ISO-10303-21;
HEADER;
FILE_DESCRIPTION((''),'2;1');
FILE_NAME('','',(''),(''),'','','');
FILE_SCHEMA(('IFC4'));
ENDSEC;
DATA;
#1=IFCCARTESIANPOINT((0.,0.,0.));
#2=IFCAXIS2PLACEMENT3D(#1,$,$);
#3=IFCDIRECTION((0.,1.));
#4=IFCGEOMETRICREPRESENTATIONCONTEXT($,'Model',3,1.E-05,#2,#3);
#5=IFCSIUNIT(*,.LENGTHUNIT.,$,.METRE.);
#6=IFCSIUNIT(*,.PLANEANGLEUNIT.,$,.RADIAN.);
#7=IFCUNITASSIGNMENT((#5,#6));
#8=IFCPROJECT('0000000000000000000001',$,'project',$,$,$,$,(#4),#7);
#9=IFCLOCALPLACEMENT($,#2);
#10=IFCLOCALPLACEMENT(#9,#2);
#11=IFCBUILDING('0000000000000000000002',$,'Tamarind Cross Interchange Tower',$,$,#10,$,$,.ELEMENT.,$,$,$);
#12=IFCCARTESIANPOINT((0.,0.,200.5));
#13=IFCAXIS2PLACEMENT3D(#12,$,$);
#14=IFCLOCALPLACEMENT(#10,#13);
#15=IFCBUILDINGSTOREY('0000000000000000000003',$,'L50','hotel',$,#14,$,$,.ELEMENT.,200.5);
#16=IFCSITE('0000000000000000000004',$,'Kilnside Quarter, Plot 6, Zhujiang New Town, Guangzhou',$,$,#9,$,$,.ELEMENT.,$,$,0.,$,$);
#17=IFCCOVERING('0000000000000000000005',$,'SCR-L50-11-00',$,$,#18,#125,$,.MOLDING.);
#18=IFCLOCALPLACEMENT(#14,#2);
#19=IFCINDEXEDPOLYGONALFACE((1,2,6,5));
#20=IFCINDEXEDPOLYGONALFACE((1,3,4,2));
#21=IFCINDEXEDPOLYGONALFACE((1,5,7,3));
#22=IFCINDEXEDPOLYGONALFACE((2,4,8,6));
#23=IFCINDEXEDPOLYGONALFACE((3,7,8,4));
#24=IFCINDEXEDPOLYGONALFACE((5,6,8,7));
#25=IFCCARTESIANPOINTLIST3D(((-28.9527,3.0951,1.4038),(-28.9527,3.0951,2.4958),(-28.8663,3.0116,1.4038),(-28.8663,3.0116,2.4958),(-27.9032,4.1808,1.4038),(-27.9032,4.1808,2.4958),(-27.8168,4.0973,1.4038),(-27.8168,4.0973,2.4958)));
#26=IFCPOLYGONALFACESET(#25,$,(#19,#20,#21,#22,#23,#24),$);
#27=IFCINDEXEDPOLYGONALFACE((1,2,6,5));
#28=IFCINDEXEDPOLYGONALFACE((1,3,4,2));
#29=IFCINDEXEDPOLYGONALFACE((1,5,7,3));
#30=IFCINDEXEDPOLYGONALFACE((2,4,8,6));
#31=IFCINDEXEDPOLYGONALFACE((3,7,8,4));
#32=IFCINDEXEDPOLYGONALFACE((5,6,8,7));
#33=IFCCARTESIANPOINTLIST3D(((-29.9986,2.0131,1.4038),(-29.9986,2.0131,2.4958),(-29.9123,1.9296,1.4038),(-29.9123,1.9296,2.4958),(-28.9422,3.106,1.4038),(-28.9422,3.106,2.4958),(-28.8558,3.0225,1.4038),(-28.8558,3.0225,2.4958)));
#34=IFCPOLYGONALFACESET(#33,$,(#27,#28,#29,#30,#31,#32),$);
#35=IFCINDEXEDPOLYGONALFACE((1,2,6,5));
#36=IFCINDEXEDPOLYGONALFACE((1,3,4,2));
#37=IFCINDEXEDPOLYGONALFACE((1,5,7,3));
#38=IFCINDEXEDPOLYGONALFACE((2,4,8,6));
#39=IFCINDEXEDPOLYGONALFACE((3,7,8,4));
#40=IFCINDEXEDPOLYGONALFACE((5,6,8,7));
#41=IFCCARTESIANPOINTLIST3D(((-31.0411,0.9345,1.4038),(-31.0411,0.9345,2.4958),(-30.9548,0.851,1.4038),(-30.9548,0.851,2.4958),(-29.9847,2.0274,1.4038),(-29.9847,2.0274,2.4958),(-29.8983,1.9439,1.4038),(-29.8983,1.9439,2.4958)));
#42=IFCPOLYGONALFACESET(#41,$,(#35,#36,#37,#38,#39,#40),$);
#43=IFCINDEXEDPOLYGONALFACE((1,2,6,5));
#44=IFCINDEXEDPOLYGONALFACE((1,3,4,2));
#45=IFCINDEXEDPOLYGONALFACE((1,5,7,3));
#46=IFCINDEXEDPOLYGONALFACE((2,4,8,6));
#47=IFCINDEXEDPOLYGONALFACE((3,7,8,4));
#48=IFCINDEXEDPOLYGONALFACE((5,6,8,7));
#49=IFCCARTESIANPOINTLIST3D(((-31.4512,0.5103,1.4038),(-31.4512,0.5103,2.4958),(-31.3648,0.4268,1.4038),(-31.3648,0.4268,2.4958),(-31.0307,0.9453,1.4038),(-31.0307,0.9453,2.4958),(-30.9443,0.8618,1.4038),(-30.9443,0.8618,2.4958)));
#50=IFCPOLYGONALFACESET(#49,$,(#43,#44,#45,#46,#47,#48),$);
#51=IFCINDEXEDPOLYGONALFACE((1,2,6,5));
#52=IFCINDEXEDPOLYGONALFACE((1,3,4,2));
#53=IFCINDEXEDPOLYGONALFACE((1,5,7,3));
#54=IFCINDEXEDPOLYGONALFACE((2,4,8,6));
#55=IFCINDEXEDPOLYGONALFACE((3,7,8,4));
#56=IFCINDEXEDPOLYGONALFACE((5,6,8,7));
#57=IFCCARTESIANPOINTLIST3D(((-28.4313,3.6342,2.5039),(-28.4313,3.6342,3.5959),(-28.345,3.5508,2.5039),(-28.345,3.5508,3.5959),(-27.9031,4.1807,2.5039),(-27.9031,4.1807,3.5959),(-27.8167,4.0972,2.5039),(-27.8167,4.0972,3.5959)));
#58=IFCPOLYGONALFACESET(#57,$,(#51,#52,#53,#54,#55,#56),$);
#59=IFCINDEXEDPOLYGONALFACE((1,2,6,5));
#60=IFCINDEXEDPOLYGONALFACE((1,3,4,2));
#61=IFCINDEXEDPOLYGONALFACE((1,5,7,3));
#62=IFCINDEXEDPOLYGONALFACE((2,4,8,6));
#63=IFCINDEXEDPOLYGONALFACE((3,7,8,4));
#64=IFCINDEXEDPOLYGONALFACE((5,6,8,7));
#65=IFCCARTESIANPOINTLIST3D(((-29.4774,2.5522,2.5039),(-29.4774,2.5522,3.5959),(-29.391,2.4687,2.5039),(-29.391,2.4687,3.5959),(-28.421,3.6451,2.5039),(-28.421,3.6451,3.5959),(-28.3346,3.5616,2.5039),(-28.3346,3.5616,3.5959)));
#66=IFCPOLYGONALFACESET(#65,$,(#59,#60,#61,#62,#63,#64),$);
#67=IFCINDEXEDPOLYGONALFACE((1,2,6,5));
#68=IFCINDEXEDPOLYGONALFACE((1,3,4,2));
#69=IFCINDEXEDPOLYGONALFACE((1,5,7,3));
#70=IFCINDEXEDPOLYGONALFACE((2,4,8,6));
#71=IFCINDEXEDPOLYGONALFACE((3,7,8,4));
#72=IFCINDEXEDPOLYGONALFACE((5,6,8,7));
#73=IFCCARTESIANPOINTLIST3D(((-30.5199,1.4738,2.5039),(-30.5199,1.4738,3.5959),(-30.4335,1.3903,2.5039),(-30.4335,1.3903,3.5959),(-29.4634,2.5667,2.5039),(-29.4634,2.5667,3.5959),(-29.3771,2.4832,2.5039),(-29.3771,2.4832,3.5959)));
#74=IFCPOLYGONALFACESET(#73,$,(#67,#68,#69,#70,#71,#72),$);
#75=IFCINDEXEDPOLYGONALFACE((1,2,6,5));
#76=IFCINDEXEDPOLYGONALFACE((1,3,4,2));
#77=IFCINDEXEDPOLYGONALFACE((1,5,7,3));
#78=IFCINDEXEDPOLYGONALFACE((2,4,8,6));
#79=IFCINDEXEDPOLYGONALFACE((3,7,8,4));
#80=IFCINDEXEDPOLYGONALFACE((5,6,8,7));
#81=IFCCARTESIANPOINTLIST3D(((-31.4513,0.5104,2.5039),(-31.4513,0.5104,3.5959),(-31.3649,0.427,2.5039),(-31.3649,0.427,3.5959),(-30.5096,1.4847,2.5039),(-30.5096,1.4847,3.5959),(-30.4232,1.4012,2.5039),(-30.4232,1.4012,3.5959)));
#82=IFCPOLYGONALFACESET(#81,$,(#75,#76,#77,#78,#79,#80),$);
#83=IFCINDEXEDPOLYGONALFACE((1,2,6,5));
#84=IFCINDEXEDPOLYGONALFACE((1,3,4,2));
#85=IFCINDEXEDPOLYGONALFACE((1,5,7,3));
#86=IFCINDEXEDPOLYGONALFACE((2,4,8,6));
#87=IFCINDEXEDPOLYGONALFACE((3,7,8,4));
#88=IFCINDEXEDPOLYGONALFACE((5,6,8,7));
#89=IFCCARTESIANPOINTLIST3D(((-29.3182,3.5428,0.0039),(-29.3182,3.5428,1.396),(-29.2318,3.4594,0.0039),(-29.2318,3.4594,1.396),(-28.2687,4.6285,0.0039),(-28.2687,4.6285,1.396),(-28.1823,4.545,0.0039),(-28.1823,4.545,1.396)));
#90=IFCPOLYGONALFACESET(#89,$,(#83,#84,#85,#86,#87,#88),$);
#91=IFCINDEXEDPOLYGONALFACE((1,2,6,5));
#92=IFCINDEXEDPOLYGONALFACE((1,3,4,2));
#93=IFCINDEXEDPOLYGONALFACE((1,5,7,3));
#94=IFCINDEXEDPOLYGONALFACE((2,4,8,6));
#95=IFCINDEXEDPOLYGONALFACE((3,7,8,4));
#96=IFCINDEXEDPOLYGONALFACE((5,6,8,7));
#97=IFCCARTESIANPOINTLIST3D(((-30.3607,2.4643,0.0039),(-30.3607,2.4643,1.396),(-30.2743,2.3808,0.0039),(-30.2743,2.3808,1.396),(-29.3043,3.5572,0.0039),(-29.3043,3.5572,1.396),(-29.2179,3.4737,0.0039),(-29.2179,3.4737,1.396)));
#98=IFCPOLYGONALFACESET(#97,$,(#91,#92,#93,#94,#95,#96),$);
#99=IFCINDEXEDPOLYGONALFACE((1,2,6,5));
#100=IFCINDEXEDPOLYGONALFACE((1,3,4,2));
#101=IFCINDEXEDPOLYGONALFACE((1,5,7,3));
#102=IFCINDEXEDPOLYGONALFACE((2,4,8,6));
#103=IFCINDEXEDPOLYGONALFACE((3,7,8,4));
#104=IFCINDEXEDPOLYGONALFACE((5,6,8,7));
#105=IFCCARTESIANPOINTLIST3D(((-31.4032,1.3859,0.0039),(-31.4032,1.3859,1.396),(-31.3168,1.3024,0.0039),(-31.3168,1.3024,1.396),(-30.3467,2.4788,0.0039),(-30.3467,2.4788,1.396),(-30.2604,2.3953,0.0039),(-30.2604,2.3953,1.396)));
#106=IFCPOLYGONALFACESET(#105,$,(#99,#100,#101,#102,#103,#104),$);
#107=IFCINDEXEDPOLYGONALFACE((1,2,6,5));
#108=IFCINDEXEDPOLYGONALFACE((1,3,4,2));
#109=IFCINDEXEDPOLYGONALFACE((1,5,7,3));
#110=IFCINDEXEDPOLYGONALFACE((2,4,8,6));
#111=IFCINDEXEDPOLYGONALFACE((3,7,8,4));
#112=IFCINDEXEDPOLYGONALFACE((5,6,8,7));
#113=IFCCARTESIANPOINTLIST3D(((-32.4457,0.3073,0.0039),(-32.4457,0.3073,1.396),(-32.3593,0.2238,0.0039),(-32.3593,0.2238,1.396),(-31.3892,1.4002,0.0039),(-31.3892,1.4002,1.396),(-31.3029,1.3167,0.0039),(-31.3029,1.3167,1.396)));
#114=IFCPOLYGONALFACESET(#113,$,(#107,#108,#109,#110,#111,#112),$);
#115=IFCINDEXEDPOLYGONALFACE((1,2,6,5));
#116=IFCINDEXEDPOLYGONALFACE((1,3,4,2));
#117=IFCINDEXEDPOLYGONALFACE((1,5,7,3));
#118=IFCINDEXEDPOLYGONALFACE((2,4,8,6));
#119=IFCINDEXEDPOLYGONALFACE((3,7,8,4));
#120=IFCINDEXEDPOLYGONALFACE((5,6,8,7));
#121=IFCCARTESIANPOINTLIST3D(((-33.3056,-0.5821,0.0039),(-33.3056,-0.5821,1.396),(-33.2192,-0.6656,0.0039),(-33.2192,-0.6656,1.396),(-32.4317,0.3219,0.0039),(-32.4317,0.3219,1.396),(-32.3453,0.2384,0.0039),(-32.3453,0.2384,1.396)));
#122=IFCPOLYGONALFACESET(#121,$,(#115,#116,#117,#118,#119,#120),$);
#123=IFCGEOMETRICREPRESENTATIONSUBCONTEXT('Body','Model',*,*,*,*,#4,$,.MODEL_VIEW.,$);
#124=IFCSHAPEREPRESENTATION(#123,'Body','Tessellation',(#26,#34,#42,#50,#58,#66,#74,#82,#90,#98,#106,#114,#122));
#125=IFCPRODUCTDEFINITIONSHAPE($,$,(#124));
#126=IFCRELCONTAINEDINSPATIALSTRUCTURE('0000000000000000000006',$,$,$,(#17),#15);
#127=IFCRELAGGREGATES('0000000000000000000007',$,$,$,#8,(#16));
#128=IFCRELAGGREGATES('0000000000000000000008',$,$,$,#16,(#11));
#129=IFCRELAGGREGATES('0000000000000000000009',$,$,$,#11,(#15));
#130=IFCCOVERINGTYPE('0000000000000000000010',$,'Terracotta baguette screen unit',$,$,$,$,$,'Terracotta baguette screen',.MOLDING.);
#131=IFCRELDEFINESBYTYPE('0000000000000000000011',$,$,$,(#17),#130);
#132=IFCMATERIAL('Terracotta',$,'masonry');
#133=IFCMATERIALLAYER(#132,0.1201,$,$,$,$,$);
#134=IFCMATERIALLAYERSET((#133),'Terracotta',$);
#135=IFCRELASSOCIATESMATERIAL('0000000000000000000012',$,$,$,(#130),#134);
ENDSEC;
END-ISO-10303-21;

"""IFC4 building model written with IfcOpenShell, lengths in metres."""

from ifc_helpers import new_model, si_unit, direction, frame, origin, origin_2d, place, context, subcontext, project, spatial, rectangle, extrude, material, layer, layer_set, type_object, element, save


model = new_model("IFC4")

# Units and contexts
model_context = context("Model", 3, precision=1e-05, world=origin(), true_north=direction((0.0, 1.0)))
body_context = subcontext(model_context, "Body", "Model", "MODEL_VIEW")
ifc_project = project(units=[si_unit("LENGTHUNIT", "METRE"), si_unit("PLANEANGLEUNIT", "RADIAN")], contexts=[model_context])

# Site, building, storey
site_placement = place(None, origin())
site = spatial("IfcSite", under=ifc_project, at=site_placement, Name="Kilnside Quarter, Plot 6, Zhujiang New Town, Guangzhou", CompositionType="ELEMENT", RefElevation=0.0)
building_placement = place(site_placement, origin())
building = spatial("IfcBuilding", under=site, at=building_placement, Name="Tamarind Cross Interchange Tower", CompositionType="ELEMENT")
storey_placement = place(building_placement, frame((0.0, 0.0, 200.5)))
storey = spatial("IfcBuildingStorey", under=building, at=storey_placement, Name="L50", Description="hotel", CompositionType="ELEMENT", Elevation=200.5)

# Covering
ifc_material_1 = material(Name="Terracotta", Category="masonry")
ifc_layer_1 = layer(ifc_material_1, 0.1201)
ifc_layer_set_1 = layer_set([ifc_layer_1], Name="Terracotta")
covering_type = type_object("IfcCoveringType", Name="Terracotta baguette screen unit", ElementType="Terracotta baguette screen", PredefinedType="MOLDING", material=ifc_layer_set_1)
covering_1_placement = place(storey_placement, origin())
element("IfcCovering", 1, at=covering_1_placement, inside=storey, type_object=covering_type, Name="SCR-L50-11-00", PredefinedType="MOLDING", context=body_context, shape_type="SweptSolid", body=[
    extrude(rectangle(XDim=1.51, YDim=0.1201, at=origin_2d()), frame((-28.3848, 3.5962, 1.4038), z_axis=(0.0, 0.0, 1.0), x_axis=(-0.69502, -0.718991, 0.0)), (0.0, 0.0, 1.0), 1.092),
    extrude(rectangle(XDim=1.52, YDim=0.1201, at=origin_2d()), frame((-29.4272, 2.5178, 1.4038), z_axis=(0.0, 0.0, 1.0), x_axis=(-0.69502, -0.718991, 0.0)), (0.0, 0.0, 1.0), 1.092),
    extrude(rectangle(XDim=1.52, YDim=0.1201, at=origin_2d()), frame((-30.4697, 1.4392, 1.4038), z_axis=(0.0, 0.0, 1.0), x_axis=(-0.69502, -0.718991, 0.0)), (0.0, 0.0, 1.0), 1.092),
    extrude(rectangle(XDim=0.605, YDim=0.1201, at=origin_2d()), frame((-31.1978, 0.686, 1.4038), z_axis=(0.0, 0.0, 1.0), x_axis=(-0.69502, -0.718991, 0.0)), (0.0, 0.0, 1.0), 1.092),
    extrude(rectangle(XDim=0.76, YDim=0.1201, at=origin_2d()), frame((-28.124, 3.8657, 2.5039), z_axis=(0.0, 0.0, 1.0), x_axis=(-0.69502, -0.718991, 0.0)), (0.0, 0.0, 1.0), 1.092),
    extrude(rectangle(XDim=1.52, YDim=0.1201, at=origin_2d()), frame((-28.906, 3.0569, 2.5039), z_axis=(0.0, 0.0, 1.0), x_axis=(-0.69502, -0.718991, 0.0)), (0.0, 0.0, 1.0), 1.092),
    extrude(rectangle(XDim=1.52, YDim=0.1201, at=origin_2d()), frame((-29.9485, 1.9785, 2.5039), z_axis=(0.0, 0.0, 1.0), x_axis=(-0.69502, -0.718991, 0.0)), (0.0, 0.0, 1.0), 1.092),
    extrude(rectangle(XDim=1.355, YDim=0.1201, at=origin_2d()), frame((-30.9373, 0.9558, 2.5039), z_axis=(0.0, 0.0, 1.0), x_axis=(-0.69502, -0.718991, 0.0)), (0.0, 0.0, 1.0), 1.092),
    extrude(rectangle(XDim=1.51, YDim=0.1201, at=origin_2d()), frame((-28.7502, 4.0439, 0.0039), z_axis=(0.0, 0.0, 1.0), x_axis=(-0.69502, -0.718991, 0.0)), (0.0, 0.0, 1.0), 1.3921),
    extrude(rectangle(XDim=1.52, YDim=0.1201, at=origin_2d()), frame((-29.7893, 2.969, 0.0039), z_axis=(0.0, 0.0, 1.0), x_axis=(-0.69502, -0.718991, 0.0)), (0.0, 0.0, 1.0), 1.3921),
    extrude(rectangle(XDim=1.52, YDim=0.1201, at=origin_2d()), frame((-30.8318, 1.8906, 0.0039), z_axis=(0.0, 0.0, 1.0), x_axis=(-0.69502, -0.718991, 0.0)), (0.0, 0.0, 1.0), 1.3921),
    extrude(rectangle(XDim=1.52, YDim=0.1201, at=origin_2d()), frame((-31.8743, 0.812, 0.0039), z_axis=(0.0, 0.0, 1.0), x_axis=(-0.69502, -0.718991, 0.0)), (0.0, 0.0, 1.0), 1.3921),
    extrude(rectangle(XDim=1.2573, YDim=0.1201, at=origin_2d()), frame((-32.8254, -0.1719, 0.0039), z_axis=(0.0, 0.0, 1.0), x_axis=(-0.69502, -0.718991, 0.0)), (0.0, 0.0, 1.0), 1.3921),
])

save(model, "model.ifc")
